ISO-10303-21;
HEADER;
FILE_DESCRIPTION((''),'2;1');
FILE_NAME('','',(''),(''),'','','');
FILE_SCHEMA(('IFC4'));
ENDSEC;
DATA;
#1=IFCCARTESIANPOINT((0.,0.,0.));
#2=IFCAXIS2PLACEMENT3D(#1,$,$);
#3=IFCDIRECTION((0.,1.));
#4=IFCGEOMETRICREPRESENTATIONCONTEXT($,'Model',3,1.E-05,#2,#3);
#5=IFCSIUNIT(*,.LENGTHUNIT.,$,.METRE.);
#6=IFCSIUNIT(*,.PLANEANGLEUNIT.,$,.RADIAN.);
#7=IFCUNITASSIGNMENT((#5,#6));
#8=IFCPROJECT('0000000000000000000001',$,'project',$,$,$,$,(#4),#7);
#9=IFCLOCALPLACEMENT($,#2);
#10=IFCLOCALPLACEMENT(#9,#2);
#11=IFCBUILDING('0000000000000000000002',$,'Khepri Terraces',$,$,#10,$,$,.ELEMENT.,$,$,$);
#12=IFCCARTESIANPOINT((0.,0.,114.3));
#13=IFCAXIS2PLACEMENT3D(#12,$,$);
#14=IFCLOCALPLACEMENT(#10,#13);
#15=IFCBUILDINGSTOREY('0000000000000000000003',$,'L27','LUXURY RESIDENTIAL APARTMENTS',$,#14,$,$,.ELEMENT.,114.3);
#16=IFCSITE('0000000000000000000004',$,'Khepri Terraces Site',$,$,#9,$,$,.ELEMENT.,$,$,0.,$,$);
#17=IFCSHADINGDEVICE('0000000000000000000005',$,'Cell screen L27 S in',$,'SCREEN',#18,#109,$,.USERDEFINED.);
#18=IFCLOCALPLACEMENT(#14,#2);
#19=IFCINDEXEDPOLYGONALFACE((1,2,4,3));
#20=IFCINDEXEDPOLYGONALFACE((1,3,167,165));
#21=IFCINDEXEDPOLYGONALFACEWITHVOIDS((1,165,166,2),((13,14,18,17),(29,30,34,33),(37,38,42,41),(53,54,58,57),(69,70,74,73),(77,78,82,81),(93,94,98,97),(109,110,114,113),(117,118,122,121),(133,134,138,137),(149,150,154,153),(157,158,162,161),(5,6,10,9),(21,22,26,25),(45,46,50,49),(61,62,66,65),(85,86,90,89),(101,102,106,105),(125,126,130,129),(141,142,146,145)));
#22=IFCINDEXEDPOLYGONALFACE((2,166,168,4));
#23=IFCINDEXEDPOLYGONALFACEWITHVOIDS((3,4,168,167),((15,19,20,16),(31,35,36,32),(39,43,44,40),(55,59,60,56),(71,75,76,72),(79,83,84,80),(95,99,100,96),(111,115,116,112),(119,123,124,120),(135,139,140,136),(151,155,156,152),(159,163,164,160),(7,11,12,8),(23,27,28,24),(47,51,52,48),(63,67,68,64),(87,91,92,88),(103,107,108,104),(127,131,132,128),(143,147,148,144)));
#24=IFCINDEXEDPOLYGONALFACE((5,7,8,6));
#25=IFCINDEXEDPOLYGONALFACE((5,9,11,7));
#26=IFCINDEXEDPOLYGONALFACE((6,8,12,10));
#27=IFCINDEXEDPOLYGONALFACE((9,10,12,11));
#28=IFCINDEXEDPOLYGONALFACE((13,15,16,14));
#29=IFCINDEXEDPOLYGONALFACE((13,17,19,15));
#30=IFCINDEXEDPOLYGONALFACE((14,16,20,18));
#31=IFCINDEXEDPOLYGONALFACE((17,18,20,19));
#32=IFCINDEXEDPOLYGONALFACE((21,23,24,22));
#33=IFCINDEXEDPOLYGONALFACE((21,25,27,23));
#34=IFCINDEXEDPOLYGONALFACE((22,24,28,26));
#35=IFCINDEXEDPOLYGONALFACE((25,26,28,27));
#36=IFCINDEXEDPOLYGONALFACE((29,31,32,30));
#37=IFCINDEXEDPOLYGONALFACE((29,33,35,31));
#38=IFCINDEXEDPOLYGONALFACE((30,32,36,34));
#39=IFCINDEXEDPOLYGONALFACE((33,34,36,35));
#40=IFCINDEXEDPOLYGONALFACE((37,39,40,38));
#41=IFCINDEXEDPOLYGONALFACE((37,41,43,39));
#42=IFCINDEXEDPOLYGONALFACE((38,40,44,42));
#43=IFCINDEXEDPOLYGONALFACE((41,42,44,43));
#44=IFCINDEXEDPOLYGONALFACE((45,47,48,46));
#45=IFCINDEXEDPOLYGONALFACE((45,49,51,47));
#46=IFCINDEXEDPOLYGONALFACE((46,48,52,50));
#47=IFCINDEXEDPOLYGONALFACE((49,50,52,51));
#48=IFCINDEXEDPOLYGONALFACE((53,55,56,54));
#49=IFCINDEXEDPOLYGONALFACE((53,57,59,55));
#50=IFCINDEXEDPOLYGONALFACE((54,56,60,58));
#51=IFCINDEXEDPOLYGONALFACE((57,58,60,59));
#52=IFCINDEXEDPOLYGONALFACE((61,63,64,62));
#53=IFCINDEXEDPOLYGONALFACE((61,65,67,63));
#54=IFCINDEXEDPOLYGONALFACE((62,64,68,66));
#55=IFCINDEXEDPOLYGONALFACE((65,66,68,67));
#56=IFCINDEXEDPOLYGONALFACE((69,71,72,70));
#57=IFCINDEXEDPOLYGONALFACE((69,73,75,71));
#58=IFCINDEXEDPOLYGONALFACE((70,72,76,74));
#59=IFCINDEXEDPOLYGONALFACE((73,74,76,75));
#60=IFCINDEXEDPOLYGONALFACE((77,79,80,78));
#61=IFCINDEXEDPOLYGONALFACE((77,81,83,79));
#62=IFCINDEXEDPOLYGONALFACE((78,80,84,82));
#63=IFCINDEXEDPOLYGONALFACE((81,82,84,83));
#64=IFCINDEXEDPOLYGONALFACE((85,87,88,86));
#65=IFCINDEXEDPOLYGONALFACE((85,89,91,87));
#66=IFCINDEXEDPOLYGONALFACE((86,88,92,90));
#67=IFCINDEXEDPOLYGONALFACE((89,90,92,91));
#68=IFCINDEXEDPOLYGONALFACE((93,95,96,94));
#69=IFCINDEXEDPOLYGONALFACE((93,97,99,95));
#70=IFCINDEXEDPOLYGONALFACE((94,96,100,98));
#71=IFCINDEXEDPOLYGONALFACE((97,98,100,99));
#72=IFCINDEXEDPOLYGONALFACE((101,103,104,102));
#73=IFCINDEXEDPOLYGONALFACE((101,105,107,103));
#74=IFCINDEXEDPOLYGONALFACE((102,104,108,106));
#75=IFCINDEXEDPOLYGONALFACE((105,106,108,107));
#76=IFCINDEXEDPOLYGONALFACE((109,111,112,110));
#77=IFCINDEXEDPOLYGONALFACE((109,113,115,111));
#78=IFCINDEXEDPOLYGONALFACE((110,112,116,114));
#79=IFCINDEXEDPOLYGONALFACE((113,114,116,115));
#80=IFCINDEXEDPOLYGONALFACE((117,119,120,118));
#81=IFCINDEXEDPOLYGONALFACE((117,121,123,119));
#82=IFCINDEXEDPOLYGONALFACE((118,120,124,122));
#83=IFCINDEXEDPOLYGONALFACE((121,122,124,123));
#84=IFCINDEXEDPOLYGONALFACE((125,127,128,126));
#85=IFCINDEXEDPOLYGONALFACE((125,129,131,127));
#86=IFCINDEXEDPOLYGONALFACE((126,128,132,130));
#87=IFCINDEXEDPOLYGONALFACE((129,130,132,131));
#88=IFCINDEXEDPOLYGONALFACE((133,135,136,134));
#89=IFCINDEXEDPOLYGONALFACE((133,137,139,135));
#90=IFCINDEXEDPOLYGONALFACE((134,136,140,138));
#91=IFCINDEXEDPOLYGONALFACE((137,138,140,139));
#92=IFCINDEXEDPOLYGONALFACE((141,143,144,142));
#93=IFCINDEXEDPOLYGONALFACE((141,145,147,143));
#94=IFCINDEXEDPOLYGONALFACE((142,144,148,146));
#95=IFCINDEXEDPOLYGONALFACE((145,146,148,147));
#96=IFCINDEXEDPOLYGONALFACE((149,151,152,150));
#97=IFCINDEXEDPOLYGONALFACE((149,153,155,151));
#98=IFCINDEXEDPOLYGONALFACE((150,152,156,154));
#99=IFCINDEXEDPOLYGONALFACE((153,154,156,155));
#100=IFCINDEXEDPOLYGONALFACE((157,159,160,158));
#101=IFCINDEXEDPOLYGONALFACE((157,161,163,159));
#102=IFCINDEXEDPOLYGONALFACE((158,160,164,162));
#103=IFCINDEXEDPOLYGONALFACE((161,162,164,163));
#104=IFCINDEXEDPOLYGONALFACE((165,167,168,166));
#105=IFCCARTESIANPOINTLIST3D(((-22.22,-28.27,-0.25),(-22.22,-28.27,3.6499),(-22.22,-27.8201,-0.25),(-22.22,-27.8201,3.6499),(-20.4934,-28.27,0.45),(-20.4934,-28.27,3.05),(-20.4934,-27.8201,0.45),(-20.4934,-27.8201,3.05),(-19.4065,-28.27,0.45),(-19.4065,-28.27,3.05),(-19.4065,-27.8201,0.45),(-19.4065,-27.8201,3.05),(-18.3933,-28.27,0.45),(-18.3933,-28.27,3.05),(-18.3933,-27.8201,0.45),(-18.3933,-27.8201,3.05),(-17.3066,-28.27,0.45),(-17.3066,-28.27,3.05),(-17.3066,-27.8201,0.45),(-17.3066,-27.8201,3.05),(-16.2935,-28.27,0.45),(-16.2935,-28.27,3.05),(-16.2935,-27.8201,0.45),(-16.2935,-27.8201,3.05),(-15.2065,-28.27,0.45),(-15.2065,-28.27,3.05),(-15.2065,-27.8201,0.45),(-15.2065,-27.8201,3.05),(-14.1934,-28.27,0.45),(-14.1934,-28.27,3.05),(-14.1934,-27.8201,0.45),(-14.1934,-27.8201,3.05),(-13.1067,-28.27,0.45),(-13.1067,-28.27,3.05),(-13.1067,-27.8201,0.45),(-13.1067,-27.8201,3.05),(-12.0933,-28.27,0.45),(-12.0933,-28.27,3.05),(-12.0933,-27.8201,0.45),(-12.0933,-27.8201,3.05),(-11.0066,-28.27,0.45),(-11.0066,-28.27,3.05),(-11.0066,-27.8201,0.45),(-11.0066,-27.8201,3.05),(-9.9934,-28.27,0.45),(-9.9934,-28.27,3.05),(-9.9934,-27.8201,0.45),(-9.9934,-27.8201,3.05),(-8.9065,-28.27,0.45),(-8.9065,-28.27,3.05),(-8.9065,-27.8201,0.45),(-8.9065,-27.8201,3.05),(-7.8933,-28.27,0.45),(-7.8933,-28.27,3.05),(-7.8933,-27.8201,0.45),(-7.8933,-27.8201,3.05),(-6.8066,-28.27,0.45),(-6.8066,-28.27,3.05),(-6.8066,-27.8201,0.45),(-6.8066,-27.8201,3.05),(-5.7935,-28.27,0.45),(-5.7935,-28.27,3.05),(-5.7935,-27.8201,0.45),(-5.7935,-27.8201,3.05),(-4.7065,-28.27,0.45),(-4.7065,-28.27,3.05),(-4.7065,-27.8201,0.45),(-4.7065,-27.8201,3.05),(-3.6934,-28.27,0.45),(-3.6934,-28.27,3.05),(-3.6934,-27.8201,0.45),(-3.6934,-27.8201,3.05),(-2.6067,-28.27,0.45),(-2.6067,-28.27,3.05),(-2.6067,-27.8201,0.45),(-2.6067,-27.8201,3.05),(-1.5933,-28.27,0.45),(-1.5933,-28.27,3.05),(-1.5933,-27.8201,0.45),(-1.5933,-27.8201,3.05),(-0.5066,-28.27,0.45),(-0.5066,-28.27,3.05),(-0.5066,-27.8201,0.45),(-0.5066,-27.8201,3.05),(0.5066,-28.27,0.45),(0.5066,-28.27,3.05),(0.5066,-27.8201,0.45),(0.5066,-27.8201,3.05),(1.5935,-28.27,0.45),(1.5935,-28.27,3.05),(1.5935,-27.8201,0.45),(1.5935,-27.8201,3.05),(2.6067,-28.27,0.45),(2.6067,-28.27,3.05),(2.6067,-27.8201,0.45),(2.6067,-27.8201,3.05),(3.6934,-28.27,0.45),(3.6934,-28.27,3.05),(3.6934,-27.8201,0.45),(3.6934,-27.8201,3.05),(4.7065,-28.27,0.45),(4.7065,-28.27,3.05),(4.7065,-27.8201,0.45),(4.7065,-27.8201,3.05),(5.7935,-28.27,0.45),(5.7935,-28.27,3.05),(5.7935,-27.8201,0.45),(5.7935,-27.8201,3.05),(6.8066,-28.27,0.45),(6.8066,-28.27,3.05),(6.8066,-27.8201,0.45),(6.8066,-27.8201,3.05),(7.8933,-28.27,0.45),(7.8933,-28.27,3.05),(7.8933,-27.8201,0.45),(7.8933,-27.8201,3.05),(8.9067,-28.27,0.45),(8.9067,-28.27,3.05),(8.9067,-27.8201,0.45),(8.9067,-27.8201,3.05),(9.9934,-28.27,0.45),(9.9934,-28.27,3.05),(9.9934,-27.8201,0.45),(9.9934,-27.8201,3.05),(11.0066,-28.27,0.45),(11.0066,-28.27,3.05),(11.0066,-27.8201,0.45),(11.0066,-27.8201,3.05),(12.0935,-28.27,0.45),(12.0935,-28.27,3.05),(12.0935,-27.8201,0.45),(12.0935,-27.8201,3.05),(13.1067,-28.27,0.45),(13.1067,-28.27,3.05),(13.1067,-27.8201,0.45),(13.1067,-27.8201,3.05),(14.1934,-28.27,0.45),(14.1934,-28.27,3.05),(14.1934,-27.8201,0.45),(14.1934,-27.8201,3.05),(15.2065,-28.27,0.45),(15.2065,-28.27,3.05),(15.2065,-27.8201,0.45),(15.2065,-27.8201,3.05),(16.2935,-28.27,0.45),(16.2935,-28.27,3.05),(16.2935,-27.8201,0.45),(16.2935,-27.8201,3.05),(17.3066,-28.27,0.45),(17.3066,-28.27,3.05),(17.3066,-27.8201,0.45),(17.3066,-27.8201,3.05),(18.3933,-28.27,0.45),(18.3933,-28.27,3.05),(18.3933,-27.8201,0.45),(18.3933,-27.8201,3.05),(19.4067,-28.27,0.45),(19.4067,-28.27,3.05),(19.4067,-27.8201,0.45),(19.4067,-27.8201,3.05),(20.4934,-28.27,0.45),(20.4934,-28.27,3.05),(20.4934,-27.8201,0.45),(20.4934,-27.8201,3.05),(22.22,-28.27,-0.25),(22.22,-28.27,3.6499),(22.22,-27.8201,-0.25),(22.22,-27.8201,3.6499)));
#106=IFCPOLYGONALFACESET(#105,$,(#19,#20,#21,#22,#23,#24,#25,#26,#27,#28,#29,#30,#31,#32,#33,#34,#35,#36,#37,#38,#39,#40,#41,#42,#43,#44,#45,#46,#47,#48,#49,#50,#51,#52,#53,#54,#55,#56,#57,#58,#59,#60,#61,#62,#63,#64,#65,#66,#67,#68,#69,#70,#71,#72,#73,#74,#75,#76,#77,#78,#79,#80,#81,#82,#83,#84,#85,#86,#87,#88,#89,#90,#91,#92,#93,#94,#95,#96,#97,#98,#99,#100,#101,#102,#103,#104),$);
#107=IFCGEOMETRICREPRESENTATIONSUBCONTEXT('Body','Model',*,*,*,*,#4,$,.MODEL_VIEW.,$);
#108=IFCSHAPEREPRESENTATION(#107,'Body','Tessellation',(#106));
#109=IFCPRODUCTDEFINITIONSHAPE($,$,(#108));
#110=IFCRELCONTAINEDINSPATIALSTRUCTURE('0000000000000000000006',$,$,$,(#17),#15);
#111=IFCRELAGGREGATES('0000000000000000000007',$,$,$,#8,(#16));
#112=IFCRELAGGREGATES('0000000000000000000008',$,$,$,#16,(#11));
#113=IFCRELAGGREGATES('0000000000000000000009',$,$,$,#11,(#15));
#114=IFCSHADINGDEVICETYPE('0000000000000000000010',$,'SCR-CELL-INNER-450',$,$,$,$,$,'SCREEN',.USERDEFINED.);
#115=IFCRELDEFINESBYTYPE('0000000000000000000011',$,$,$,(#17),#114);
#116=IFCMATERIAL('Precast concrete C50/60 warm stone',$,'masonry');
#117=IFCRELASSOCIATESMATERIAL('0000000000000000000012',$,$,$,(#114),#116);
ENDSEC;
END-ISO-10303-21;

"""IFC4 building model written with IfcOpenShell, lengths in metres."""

from ifc_helpers import new_model, si_unit, direction, frame, origin, place, context, subcontext, project, spatial, polyline, outline, extrude, material, type_object, element, save


model = new_model("IFC4")

# Units and contexts
model_context = context("Model", 3, precision=1e-05, world=origin(), true_north=direction((0.0, 1.0)))
body_context = subcontext(model_context, "Body", "Model", "MODEL_VIEW")
ifc_project = project(units=[si_unit("LENGTHUNIT", "METRE"), si_unit("PLANEANGLEUNIT", "RADIAN")], contexts=[model_context])

# Site, building, storey
site_placement = place(None, origin())
site = spatial("IfcSite", under=ifc_project, at=site_placement, Name="Khepri Terraces Site", CompositionType="ELEMENT", RefElevation=0.0)
building_placement = place(site_placement, origin())
building = spatial("IfcBuilding", under=site, at=building_placement, Name="Khepri Terraces", CompositionType="ELEMENT")
storey_placement = place(building_placement, frame((0.0, 0.0, 114.3)))
storey = spatial("IfcBuildingStorey", under=building, at=storey_placement, Name="L27", Description="LUXURY RESIDENTIAL APARTMENTS", CompositionType="ELEMENT", Elevation=114.3)

# Shared definitions
ifc_material_1 = material(Name="Precast concrete C50/60 warm stone", Category="masonry")

# Shading device
shading_device_type_1 = type_object("IfcShadingDeviceType", Name="SCR-CELL-INNER-450", ElementType="SCREEN", PredefinedType="USERDEFINED", material=ifc_material_1)
shading_device_1_placement = place(storey_placement, frame((-22.22, -27.8201, -0.25), z_axis=(0.0, -1.0, 0.0), x_axis=(1.0, 0.0, 0.0)))
element("IfcShadingDevice", 1, at=shading_device_1_placement, inside=storey, type_object=shading_device_type_1, Name="Cell screen L27 S in", ObjectType="SCREEN", PredefinedType="USERDEFINED", context=body_context, shape_type="SweptSolid", body=[
    extrude(outline(polyline([(0.0, 0.0), (44.4399, 0.0), (44.4399, 3.8999), (0.0, 3.8999), (0.0, 0.0)]), holes=[polyline([(1.7266, 0.7), (2.8135, 0.7), (2.8135, 3.3), (1.7266, 3.3), (1.7266, 0.7)]), polyline([(3.8267, 0.7), (4.9133, 0.7), (4.9133, 3.3), (3.8267, 3.3), (3.8267, 0.7)]), polyline([(5.9265, 0.7), (7.0134, 0.7), (7.0134, 3.3), (5.9265, 3.3), (5.9265, 0.7)]), polyline([(8.0266, 0.7), (9.1133, 0.7), (9.1133, 3.3), (8.0266, 3.3), (8.0266, 0.7)]), polyline([(10.1267, 0.7), (11.2134, 0.7), (11.2134, 3.3), (10.1267, 3.3), (10.1267, 0.7)]), polyline([(12.2266, 0.7), (13.3135, 0.7), (13.3135, 3.3), (12.2266, 3.3), (12.2266, 0.7)]), polyline([(14.3267, 0.7), (15.4133, 0.7), (15.4133, 3.3), (14.3267, 3.3), (14.3267, 0.7)]), polyline([(16.4265, 0.7), (17.5134, 0.7), (17.5134, 3.3), (16.4265, 3.3), (16.4265, 0.7)]), polyline([(18.5266, 0.7), (19.6133, 0.7), (19.6133, 3.3), (18.5266, 3.3), (18.5266, 0.7)]), polyline([(20.6267, 0.7), (21.7134, 0.7), (21.7134, 3.3), (20.6267, 3.3), (20.6267, 0.7)]), polyline([(22.7266, 0.7), (23.8135, 0.7), (23.8135, 3.3), (22.7266, 3.3), (22.7266, 0.7)]), polyline([(24.8267, 0.7), (25.9133, 0.7), (25.9133, 3.3), (24.8267, 3.3), (24.8267, 0.7)]), polyline([(26.9265, 0.7), (28.0134, 0.7), (28.0134, 3.3), (26.9265, 3.3), (26.9265, 0.7)]), polyline([(29.0266, 0.7), (30.1133, 0.7), (30.1133, 3.3), (29.0266, 3.3), (29.0266, 0.7)]), polyline([(31.1267, 0.7), (32.2134, 0.7), (32.2134, 3.3), (31.1267, 3.3), (31.1267, 0.7)]), polyline([(33.2266, 0.7), (34.3135, 0.7), (34.3135, 3.3), (33.2266, 3.3), (33.2266, 0.7)]), polyline([(35.3267, 0.7), (36.4133, 0.7), (36.4133, 3.3), (35.3267, 3.3), (35.3267, 0.7)]), polyline([(37.4265, 0.7), (38.5134, 0.7), (38.5134, 3.3), (37.4265, 3.3), (37.4265, 0.7)]), polyline([(39.5266, 0.7), (40.6133, 0.7), (40.6133, 3.3), (39.5266, 3.3), (39.5266, 0.7)]), polyline([(41.6267, 0.7), (42.7134, 0.7), (42.7134, 3.3), (41.6267, 3.3), (41.6267, 0.7)])]), origin(), (0.0, 0.0, 1.0), 0.45),
])

save(model, "model.ifc")
